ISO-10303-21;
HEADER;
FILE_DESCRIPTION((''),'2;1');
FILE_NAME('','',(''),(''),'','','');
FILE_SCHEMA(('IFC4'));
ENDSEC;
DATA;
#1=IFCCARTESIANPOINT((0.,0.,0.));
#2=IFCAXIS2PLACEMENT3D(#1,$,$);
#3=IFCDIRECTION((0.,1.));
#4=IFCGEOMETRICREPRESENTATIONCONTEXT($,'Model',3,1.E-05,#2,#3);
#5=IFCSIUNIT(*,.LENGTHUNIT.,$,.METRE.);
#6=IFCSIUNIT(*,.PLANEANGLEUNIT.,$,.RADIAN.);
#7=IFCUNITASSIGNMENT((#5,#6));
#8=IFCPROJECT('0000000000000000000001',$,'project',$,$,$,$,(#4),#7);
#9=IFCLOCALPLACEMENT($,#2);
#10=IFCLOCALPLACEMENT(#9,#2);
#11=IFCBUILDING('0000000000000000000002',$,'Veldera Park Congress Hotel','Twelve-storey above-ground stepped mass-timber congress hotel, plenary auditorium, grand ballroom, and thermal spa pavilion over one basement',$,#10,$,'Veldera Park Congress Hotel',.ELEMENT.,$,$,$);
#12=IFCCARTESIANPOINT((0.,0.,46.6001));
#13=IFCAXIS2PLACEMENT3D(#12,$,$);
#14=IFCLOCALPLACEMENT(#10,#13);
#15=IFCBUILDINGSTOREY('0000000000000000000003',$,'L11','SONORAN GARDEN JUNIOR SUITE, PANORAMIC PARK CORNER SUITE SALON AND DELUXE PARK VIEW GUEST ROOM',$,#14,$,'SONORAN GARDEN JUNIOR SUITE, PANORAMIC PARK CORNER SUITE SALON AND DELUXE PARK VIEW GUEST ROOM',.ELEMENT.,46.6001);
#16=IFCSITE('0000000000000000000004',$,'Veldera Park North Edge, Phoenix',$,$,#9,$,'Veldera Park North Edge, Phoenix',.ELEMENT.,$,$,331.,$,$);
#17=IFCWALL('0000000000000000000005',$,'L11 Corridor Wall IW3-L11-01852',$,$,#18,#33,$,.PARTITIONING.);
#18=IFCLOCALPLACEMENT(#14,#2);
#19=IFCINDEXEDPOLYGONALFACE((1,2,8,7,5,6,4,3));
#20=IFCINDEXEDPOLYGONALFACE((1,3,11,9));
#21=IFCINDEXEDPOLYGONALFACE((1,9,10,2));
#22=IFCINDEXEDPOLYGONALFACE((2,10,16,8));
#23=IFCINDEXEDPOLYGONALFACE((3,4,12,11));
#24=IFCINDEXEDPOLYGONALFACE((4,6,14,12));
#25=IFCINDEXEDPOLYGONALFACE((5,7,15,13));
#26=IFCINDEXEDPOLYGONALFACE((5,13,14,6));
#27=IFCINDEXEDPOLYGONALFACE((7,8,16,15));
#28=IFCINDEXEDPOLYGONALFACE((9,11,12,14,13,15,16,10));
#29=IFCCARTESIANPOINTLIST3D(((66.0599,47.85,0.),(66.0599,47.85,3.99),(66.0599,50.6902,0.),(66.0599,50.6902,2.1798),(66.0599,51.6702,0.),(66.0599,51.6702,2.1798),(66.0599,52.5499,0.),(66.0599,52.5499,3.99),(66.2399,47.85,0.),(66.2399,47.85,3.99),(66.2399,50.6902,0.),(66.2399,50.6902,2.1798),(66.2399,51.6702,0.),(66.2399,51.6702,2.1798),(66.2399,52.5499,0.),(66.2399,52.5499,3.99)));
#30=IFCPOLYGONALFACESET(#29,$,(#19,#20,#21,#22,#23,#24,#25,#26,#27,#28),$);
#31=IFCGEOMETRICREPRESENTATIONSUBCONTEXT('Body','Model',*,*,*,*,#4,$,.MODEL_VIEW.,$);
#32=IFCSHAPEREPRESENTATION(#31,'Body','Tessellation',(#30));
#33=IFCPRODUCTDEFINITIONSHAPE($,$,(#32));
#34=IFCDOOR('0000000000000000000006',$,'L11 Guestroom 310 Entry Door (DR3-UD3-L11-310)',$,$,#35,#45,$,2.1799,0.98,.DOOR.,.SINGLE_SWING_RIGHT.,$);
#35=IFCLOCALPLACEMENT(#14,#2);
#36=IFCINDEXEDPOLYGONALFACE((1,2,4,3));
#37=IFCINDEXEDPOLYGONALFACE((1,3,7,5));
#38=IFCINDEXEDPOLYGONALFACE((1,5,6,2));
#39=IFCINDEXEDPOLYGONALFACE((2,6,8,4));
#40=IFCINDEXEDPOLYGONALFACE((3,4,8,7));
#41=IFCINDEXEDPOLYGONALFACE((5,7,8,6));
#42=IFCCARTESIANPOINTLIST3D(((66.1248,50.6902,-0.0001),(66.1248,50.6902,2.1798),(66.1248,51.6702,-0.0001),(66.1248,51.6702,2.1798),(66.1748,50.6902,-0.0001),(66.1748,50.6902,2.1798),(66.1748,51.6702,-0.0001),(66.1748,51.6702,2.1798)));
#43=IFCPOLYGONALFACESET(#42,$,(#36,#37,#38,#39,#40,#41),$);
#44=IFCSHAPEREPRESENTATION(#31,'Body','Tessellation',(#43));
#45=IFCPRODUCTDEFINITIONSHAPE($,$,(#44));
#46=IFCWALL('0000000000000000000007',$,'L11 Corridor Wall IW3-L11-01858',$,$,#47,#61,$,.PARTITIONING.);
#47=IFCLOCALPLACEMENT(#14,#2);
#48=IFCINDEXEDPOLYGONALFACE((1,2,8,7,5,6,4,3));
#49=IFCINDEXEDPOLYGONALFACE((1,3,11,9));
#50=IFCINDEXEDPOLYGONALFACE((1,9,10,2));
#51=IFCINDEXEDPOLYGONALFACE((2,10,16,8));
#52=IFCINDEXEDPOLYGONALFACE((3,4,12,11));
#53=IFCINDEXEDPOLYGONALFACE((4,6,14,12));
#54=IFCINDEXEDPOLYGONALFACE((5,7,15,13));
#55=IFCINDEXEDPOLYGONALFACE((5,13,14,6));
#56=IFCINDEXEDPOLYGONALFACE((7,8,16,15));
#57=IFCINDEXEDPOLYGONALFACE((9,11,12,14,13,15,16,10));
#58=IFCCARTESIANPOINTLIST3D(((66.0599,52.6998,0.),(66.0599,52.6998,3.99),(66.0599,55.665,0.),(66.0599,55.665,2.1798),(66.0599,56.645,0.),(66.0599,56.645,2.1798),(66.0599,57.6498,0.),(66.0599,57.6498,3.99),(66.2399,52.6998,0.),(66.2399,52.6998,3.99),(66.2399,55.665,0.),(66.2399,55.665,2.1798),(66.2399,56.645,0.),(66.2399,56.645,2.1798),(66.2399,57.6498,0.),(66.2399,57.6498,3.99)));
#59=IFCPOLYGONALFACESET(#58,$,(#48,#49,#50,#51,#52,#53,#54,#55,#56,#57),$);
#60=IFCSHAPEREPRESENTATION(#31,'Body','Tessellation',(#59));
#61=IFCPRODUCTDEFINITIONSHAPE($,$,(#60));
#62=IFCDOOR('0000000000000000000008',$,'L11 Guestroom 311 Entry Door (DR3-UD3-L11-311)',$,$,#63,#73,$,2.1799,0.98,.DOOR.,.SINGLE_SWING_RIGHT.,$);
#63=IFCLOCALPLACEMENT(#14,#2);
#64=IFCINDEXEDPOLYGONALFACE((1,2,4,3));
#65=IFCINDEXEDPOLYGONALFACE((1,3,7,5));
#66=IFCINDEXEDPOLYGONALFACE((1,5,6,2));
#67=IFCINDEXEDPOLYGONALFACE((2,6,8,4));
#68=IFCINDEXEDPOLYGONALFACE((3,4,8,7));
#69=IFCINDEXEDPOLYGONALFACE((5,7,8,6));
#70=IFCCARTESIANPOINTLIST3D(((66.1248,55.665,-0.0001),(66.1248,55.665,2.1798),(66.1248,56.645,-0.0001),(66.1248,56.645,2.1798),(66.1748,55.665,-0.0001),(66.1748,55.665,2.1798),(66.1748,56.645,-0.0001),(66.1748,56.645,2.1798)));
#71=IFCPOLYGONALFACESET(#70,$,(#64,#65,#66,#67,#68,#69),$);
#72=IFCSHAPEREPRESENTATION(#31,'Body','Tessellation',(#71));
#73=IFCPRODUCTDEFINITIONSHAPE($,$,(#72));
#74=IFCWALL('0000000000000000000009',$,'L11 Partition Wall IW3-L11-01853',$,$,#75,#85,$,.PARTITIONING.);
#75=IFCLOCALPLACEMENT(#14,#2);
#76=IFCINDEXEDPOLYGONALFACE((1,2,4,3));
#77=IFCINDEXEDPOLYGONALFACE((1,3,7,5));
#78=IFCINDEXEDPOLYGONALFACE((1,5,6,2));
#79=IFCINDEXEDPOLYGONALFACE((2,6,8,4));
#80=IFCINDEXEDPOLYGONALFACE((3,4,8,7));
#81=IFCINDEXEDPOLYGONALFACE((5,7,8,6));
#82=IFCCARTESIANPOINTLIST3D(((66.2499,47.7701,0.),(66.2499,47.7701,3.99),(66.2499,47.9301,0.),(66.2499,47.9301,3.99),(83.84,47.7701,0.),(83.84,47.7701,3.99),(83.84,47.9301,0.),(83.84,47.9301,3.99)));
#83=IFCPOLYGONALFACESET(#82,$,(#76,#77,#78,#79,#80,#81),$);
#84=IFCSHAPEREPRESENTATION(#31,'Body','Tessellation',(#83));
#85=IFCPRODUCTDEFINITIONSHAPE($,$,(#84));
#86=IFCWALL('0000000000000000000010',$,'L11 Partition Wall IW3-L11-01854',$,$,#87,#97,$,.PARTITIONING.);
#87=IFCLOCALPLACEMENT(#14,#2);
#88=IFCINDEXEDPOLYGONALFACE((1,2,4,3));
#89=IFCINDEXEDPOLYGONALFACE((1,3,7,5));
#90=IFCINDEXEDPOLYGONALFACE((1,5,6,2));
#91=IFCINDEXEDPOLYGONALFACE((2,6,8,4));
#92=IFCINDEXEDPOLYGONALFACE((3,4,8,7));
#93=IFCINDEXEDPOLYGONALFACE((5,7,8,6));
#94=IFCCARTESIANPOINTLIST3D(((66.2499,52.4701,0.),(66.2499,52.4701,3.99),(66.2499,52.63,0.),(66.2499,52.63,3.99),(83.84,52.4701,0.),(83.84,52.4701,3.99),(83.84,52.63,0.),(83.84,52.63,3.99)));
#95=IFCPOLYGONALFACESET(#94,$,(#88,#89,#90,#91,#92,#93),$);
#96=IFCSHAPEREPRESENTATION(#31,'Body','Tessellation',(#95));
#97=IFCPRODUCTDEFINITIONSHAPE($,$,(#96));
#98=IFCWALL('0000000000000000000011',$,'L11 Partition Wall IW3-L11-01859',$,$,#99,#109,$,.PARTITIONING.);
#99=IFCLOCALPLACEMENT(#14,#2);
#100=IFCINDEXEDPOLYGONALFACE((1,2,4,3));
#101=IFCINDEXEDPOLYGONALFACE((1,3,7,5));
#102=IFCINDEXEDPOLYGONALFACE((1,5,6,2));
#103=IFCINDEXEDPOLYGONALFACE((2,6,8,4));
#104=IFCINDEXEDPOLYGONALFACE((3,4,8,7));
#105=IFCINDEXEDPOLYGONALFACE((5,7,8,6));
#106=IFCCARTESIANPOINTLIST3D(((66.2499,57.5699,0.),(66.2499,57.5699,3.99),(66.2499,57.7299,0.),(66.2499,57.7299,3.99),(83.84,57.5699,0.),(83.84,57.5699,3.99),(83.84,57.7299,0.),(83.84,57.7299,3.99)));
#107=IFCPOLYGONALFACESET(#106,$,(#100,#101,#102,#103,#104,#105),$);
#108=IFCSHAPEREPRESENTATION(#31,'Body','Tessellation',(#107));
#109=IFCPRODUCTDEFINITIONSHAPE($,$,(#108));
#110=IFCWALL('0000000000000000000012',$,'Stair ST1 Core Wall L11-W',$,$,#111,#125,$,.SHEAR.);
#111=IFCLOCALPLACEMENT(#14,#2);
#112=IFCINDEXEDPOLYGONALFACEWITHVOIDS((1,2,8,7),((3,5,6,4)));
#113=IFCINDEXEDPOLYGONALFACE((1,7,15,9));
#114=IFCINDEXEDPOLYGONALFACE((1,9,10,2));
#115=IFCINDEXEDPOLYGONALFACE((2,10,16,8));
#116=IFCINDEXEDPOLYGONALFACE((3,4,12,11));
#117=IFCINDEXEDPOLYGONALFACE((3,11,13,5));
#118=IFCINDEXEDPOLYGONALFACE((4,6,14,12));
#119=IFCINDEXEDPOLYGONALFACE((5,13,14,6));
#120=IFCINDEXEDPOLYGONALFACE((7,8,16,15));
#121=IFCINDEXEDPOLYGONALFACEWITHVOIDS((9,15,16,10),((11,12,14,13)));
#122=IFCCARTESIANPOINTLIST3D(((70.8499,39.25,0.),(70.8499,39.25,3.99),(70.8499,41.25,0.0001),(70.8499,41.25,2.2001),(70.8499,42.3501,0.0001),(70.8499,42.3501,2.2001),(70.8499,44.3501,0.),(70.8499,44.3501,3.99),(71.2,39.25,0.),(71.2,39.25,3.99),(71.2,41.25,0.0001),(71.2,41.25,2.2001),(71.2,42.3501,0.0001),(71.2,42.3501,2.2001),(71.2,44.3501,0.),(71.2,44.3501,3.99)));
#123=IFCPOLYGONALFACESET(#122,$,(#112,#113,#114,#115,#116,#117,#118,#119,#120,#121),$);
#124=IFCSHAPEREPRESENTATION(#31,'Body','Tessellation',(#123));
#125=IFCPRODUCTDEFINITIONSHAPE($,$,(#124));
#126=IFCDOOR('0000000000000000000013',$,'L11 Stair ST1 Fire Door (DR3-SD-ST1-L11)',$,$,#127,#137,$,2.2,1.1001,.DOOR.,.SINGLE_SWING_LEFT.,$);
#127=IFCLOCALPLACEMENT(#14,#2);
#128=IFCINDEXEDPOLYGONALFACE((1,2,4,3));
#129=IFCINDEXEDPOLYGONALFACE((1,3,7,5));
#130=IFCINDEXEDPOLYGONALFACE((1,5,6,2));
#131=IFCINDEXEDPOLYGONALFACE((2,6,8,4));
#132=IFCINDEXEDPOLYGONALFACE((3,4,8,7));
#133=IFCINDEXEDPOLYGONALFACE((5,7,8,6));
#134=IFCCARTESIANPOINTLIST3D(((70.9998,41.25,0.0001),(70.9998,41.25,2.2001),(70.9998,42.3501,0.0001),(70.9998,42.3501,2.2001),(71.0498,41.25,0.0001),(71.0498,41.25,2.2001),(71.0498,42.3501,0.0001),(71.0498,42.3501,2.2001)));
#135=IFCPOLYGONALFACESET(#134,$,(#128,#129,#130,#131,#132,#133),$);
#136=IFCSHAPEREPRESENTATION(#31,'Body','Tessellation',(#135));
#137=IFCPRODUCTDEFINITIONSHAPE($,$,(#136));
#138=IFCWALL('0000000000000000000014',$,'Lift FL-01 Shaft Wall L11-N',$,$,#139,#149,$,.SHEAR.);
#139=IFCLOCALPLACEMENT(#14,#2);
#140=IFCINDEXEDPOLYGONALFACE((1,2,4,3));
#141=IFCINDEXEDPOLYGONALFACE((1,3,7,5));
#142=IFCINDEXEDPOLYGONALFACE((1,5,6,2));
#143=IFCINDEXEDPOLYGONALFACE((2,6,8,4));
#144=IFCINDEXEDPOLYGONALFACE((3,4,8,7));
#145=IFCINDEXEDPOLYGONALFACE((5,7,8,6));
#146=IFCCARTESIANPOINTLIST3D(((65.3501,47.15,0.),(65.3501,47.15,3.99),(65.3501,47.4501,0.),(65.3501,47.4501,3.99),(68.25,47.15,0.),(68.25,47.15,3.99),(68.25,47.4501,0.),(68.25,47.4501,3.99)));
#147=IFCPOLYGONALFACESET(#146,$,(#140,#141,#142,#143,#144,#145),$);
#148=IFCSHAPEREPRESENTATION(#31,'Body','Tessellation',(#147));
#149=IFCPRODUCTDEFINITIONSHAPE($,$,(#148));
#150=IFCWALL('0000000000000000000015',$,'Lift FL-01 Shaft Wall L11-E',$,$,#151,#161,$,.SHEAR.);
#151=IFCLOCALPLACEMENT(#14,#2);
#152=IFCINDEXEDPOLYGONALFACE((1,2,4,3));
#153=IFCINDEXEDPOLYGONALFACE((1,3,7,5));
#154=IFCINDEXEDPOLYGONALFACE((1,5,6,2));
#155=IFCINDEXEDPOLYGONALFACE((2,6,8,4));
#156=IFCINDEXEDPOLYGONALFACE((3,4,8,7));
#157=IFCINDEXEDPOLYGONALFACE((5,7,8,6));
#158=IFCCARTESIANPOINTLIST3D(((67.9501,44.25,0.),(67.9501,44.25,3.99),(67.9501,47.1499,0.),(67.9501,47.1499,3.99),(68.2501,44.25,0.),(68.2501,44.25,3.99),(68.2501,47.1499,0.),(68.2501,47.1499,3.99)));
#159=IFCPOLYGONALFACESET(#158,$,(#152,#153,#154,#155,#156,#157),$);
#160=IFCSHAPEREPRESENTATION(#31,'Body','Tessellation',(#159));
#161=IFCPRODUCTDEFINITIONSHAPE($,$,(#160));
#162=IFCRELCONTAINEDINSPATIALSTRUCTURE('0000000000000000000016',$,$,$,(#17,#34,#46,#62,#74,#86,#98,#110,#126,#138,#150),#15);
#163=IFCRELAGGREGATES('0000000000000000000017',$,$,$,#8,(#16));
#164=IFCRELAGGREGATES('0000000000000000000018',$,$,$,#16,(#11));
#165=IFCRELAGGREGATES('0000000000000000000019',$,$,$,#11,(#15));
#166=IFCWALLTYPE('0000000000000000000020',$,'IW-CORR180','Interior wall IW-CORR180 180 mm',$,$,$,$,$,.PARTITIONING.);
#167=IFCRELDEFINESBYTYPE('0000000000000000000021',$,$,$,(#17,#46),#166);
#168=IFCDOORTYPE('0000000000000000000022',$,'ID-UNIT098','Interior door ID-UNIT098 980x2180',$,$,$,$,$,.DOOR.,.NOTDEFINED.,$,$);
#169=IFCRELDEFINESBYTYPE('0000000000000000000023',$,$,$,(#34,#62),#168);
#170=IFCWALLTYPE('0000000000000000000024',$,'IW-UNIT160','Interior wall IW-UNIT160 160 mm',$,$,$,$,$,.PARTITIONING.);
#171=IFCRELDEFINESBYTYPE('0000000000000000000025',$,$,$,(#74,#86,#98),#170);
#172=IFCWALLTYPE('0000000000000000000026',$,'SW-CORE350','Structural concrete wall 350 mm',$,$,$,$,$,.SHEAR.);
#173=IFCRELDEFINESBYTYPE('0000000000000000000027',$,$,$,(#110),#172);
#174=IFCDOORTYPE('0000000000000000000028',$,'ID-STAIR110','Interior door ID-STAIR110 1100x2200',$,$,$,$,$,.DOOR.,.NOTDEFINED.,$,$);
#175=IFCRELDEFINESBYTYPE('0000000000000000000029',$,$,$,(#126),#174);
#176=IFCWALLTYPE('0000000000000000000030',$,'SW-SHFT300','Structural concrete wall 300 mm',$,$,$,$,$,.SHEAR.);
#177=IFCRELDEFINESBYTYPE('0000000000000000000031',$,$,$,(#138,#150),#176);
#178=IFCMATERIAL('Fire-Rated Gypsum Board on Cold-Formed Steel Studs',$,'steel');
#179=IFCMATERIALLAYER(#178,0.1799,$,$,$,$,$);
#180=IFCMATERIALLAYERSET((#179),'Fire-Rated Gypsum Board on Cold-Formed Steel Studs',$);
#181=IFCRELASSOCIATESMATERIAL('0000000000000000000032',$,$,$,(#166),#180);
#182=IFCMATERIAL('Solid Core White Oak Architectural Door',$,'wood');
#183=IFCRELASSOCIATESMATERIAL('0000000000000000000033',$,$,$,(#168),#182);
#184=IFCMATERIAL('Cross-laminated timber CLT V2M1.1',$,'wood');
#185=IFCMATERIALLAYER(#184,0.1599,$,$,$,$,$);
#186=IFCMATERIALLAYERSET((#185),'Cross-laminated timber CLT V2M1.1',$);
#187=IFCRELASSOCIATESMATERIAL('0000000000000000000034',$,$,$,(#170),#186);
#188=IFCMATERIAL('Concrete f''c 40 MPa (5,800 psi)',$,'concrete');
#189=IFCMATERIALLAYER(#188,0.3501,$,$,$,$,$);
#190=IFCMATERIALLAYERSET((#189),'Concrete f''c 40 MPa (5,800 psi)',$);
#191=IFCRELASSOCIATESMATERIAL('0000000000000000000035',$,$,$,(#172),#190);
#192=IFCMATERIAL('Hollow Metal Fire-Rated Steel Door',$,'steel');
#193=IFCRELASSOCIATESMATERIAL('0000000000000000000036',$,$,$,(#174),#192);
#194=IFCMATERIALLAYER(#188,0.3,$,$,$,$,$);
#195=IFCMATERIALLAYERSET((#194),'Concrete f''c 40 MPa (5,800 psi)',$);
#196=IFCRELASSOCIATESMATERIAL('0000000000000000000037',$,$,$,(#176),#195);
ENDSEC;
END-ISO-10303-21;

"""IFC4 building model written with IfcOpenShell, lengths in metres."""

from ifc_helpers import new_model, si_unit, direction, frame, frame_2d, origin, place, context, subcontext, project, spatial, rectangle, extrude, material, layer, layer_set, type_object, element, fill, save


model = new_model("IFC4")

# Units and contexts
model_context = context("Model", 3, precision=1e-05, world=origin(), true_north=direction((0.0, 1.0)))
body_context = subcontext(model_context, "Body", "Model", "MODEL_VIEW")
ifc_project = project(units=[si_unit("LENGTHUNIT", "METRE"), si_unit("PLANEANGLEUNIT", "RADIAN")], contexts=[model_context])

# Site, building, storey
site_placement = place(None, origin())
site = spatial("IfcSite", under=ifc_project, at=site_placement, Name="Veldera Park North Edge, Phoenix", LongName="Veldera Park North Edge, Phoenix", CompositionType="ELEMENT", RefElevation=331.0)
building_placement = place(site_placement, origin())
building = spatial("IfcBuilding", under=site, at=building_placement, Name="Veldera Park Congress Hotel", Description="Twelve-storey above-ground stepped mass-timber congress hotel, plenary auditorium, grand ballroom, and thermal spa pavilion over one basement", LongName="Veldera Park Congress Hotel", CompositionType="ELEMENT")
storey_placement = place(building_placement, frame((0.0, 0.0, 46.6001)))
storey = spatial("IfcBuildingStorey", under=building, at=storey_placement, Name="L11", Description="SONORAN GARDEN JUNIOR SUITE, PANORAMIC PARK CORNER SUITE SALON AND DELUXE PARK VIEW GUEST ROOM", LongName="SONORAN GARDEN JUNIOR SUITE, PANORAMIC PARK CORNER SUITE SALON AND DELUXE PARK VIEW GUEST ROOM", CompositionType="ELEMENT", Elevation=46.6001)

# Shared definitions
ifc_material_1 = material(Name="Cross-laminated timber CLT V2M1.1", Category="wood")

# Walls, openings, doors
ifc_material_2 = material(Name="Fire-Rated Gypsum Board on Cold-Formed Steel Studs", Category="steel")
ifc_layer_1 = layer(ifc_material_2, 0.1799)
ifc_layer_set_1 = layer_set([ifc_layer_1], Name="Fire-Rated Gypsum Board on Cold-Formed Steel Studs")
wall_type_1 = type_object("IfcWallType", Name="IW-CORR180", Description="Interior wall IW-CORR180 180 mm", PredefinedType="PARTITIONING", material=ifc_layer_set_1)
wall_1_placement = place(storey_placement, frame((66.1499, 52.55, 0.0), z_axis=(0.0, 0.0, 1.0), x_axis=(0.0, -1.0, 0.0)))
wall_1 = element("IfcWall", 1, at=wall_1_placement, inside=storey, type_object=wall_type_1, Name="L11 Corridor Wall IW3-L11-01852", PredefinedType="PARTITIONING", context=body_context, shape_type="SweptSolid", body=[
    extrude(rectangle(XDim=4.7, YDim=0.1799, at=frame_2d((2.3501, 0.0))), origin(), (0.0, 0.0, 1.0), 3.99),
])
opening_1_placement = place(wall_1_placement, frame((0.8799, 0.0, 0.0)))
opening_1 = element("IfcOpeningElement", 2, at=opening_1_placement, cuts=wall_1, PredefinedType="OPENING", context=body_context, shape_type="SweptSolid", body=[
    extrude(rectangle(XDim=0.98, YDim=2.1799, at=frame_2d((0.49, 1.0898))), frame((0.0, 0.1021, 0.0), z_axis=(0.0, -1.0, 0.0), x_axis=(1.0, 0.0, 0.0)), (0.0, 0.0, 1.0), 0.2039),
])
ifc_material_3 = material(Name="Solid Core White Oak Architectural Door", Category="wood")
door_type_1 = type_object("IfcDoorType", Name="ID-UNIT098", Description="Interior door ID-UNIT098 980x2180", OperationType="NOTDEFINED", PredefinedType="DOOR", material=ifc_material_3)
door_1_placement = place(opening_1_placement, origin())
door_1 = element("IfcDoor", 3, at=door_1_placement, inside=storey, type_object=door_type_1, Name="L11 Guestroom 310 Entry Door (DR3-UD3-L11-310)", OperationType="SINGLE_SWING_RIGHT", OverallHeight=2.1799, OverallWidth=0.98, PredefinedType="DOOR", context=body_context, shape_type="SweptSolid", body=[
    extrude(rectangle(XDim=0.98, YDim=2.1799, at=frame_2d((0.49, 1.0898))), frame((0.0, 0.0249, 0.0), z_axis=(0.0, -1.0, 0.0), x_axis=(1.0, 0.0, 0.0)), (0.0, 0.0, 1.0), 0.05),
])
fill(opening_1, door_1)
wall_2_placement = place(storey_placement, frame((66.1499, 57.6499, 0.0), z_axis=(0.0, 0.0, 1.0), x_axis=(0.0, -1.0, 0.0)))
wall_2 = element("IfcWall", 4, at=wall_2_placement, inside=storey, type_object=wall_type_1, Name="L11 Corridor Wall IW3-L11-01858", PredefinedType="PARTITIONING", context=body_context, shape_type="SweptSolid", body=[
    extrude(rectangle(XDim=4.95, YDim=0.1799, at=frame_2d((2.4751, 0.0))), origin(), (0.0, 0.0, 1.0), 3.99),
])
opening_2_placement = place(wall_2_placement, frame((1.0049, 0.0, 0.0)))
opening_2 = element("IfcOpeningElement", 5, at=opening_2_placement, cuts=wall_2, PredefinedType="OPENING", context=body_context, shape_type="SweptSolid", body=[
    extrude(rectangle(XDim=0.98, YDim=2.1799, at=frame_2d((0.49, 1.0898))), frame((0.0, 0.1021, 0.0), z_axis=(0.0, -1.0, 0.0), x_axis=(1.0, 0.0, 0.0)), (0.0, 0.0, 1.0), 0.2039),
])
door_2_placement = place(opening_2_placement, origin())
door_2 = element("IfcDoor", 6, at=door_2_placement, inside=storey, type_object=door_type_1, Name="L11 Guestroom 311 Entry Door (DR3-UD3-L11-311)", OperationType="SINGLE_SWING_RIGHT", OverallHeight=2.1799, OverallWidth=0.98, PredefinedType="DOOR", context=body_context, shape_type="SweptSolid", body=[
    extrude(rectangle(XDim=0.98, YDim=2.1799, at=frame_2d((0.49, 1.0898))), frame((0.0, 0.0249, 0.0), z_axis=(0.0, -1.0, 0.0), x_axis=(1.0, 0.0, 0.0)), (0.0, 0.0, 1.0), 0.05),
])
fill(opening_2, door_2)

# Walls
ifc_layer_2 = layer(ifc_material_1, 0.1599)
ifc_layer_set_2 = layer_set([ifc_layer_2], Name="Cross-laminated timber CLT V2M1.1")
wall_type_2 = type_object("IfcWallType", Name="IW-UNIT160", Description="Interior wall IW-UNIT160 160 mm", PredefinedType="PARTITIONING", material=ifc_layer_set_2)
for number, where, z_axis, x_axis, name in (
    (7, (66.25, 47.8501, 0.0), (0.0, 0.0, 1.0), (1.0, 0.0, 0.0), "L11 Partition Wall IW3-L11-01853"),
    (8, (66.25, 52.55, 0.0), (0.0, 0.0, 1.0), (1.0, 0.0, 0.0), "L11 Partition Wall IW3-L11-01854"),
    (9, (66.25, 57.6499, 0.0), (0.0, 0.0, 1.0), (1.0, 0.0, 0.0), "L11 Partition Wall IW3-L11-01859"),
):
    element("IfcWall", number, at=place(storey_placement, frame(where, z_axis=z_axis, x_axis=x_axis)), inside=storey, type_object=wall_type_2, Name=name, PredefinedType="PARTITIONING", context=body_context, shape_type="SweptSolid", body=[
        extrude(rectangle(XDim=17.5901, YDim=0.1599, at=frame_2d((8.7949, 0.0))), origin(), (0.0, 0.0, 1.0), 3.99),
    ])

# Wall, opening, door
ifc_material_4 = material(Name="Concrete f'c 40 MPa (5,800 psi)", Category="concrete")
ifc_layer_3 = layer(ifc_material_4, 0.3501)
ifc_layer_set_3 = layer_set([ifc_layer_3], Name="Concrete f'c 40 MPa (5,800 psi)")
wall_type_3 = type_object("IfcWallType", Name="SW-CORE350", Description="Structural concrete wall 350 mm", PredefinedType="SHEAR", material=ifc_layer_set_3)
wall_3_placement = place(storey_placement, frame((71.0249, 44.3501, 0.0), z_axis=(0.0, 0.0, 1.0), x_axis=(0.0, -1.0, 0.0)))
wall_3 = element("IfcWall", 10, at=wall_3_placement, inside=storey, type_object=wall_type_3, Name="Stair ST1 Core Wall L11-W", PredefinedType="SHEAR", context=body_context, shape_type="SweptSolid", body=[
    extrude(rectangle(XDim=5.1001, YDim=0.3501, at=frame_2d((2.55, 0.0))), origin(), (0.0, 0.0, 1.0), 3.99),
])
opening_3_placement = place(wall_3_placement, frame((2.0, 0.0, 0.0)))
opening_3 = element("IfcOpeningElement", 11, at=opening_3_placement, cuts=wall_3, PredefinedType="OPENING", context=body_context, shape_type="SweptSolid", body=[
    extrude(rectangle(XDim=1.1001, YDim=2.2, at=frame_2d((0.55, 1.1001))), frame((0.0, 0.187, 0.0), z_axis=(0.0, -1.0, 0.0), x_axis=(1.0, 0.0, 0.0)), (0.0, 0.0, 1.0), 0.374),
])
ifc_material_5 = material(Name="Hollow Metal Fire-Rated Steel Door", Category="steel")
door_type_2 = type_object("IfcDoorType", Name="ID-STAIR110", Description="Interior door ID-STAIR110 1100x2200", OperationType="NOTDEFINED", PredefinedType="DOOR", material=ifc_material_5)
door_3_placement = place(opening_3_placement, origin())
door_3 = element("IfcDoor", 12, at=door_3_placement, inside=storey, type_object=door_type_2, Name="L11 Stair ST1 Fire Door (DR3-SD-ST1-L11)", OperationType="SINGLE_SWING_LEFT", OverallHeight=2.2, OverallWidth=1.1001, PredefinedType="DOOR", context=body_context, shape_type="SweptSolid", body=[
    extrude(rectangle(XDim=1.1001, YDim=2.2, at=frame_2d((0.55, 1.1001))), frame((0.0, 0.0249, 0.0), z_axis=(0.0, -1.0, 0.0), x_axis=(1.0, 0.0, 0.0)), (0.0, 0.0, 1.0), 0.05),
])
fill(opening_3, door_3)

# Walls
ifc_layer_4 = layer(ifc_material_4, 0.3)
ifc_layer_set_4 = layer_set([ifc_layer_4], Name="Concrete f'c 40 MPa (5,800 psi)")
wall_type_4 = type_object("IfcWallType", Name="SW-SHFT300", Description="Structural concrete wall 300 mm", PredefinedType="SHEAR", material=ifc_layer_set_4)
for number, where, z_axis, x_axis, name in (
    (13, (68.25, 47.3, 0.0), (0.0, 0.0, 1.0), (-1.0, 0.0, 0.0), "Lift FL-01 Shaft Wall L11-N"),
    (14, (68.1001, 44.25, 0.0), (0.0, 0.0, 1.0), (0.0, 1.0, 0.0), "Lift FL-01 Shaft Wall L11-E"),
):
    element("IfcWall", number, at=place(storey_placement, frame(where, z_axis=z_axis, x_axis=x_axis)), inside=storey, type_object=wall_type_4, Name=name, PredefinedType="SHEAR", context=body_context, shape_type="SweptSolid", body=[
        extrude(rectangle(XDim=2.8999, YDim=0.3, at=frame_2d((1.45, 0.0))), origin(), (0.0, 0.0, 1.0), 3.99),
    ])

save(model, "model.ifc")
